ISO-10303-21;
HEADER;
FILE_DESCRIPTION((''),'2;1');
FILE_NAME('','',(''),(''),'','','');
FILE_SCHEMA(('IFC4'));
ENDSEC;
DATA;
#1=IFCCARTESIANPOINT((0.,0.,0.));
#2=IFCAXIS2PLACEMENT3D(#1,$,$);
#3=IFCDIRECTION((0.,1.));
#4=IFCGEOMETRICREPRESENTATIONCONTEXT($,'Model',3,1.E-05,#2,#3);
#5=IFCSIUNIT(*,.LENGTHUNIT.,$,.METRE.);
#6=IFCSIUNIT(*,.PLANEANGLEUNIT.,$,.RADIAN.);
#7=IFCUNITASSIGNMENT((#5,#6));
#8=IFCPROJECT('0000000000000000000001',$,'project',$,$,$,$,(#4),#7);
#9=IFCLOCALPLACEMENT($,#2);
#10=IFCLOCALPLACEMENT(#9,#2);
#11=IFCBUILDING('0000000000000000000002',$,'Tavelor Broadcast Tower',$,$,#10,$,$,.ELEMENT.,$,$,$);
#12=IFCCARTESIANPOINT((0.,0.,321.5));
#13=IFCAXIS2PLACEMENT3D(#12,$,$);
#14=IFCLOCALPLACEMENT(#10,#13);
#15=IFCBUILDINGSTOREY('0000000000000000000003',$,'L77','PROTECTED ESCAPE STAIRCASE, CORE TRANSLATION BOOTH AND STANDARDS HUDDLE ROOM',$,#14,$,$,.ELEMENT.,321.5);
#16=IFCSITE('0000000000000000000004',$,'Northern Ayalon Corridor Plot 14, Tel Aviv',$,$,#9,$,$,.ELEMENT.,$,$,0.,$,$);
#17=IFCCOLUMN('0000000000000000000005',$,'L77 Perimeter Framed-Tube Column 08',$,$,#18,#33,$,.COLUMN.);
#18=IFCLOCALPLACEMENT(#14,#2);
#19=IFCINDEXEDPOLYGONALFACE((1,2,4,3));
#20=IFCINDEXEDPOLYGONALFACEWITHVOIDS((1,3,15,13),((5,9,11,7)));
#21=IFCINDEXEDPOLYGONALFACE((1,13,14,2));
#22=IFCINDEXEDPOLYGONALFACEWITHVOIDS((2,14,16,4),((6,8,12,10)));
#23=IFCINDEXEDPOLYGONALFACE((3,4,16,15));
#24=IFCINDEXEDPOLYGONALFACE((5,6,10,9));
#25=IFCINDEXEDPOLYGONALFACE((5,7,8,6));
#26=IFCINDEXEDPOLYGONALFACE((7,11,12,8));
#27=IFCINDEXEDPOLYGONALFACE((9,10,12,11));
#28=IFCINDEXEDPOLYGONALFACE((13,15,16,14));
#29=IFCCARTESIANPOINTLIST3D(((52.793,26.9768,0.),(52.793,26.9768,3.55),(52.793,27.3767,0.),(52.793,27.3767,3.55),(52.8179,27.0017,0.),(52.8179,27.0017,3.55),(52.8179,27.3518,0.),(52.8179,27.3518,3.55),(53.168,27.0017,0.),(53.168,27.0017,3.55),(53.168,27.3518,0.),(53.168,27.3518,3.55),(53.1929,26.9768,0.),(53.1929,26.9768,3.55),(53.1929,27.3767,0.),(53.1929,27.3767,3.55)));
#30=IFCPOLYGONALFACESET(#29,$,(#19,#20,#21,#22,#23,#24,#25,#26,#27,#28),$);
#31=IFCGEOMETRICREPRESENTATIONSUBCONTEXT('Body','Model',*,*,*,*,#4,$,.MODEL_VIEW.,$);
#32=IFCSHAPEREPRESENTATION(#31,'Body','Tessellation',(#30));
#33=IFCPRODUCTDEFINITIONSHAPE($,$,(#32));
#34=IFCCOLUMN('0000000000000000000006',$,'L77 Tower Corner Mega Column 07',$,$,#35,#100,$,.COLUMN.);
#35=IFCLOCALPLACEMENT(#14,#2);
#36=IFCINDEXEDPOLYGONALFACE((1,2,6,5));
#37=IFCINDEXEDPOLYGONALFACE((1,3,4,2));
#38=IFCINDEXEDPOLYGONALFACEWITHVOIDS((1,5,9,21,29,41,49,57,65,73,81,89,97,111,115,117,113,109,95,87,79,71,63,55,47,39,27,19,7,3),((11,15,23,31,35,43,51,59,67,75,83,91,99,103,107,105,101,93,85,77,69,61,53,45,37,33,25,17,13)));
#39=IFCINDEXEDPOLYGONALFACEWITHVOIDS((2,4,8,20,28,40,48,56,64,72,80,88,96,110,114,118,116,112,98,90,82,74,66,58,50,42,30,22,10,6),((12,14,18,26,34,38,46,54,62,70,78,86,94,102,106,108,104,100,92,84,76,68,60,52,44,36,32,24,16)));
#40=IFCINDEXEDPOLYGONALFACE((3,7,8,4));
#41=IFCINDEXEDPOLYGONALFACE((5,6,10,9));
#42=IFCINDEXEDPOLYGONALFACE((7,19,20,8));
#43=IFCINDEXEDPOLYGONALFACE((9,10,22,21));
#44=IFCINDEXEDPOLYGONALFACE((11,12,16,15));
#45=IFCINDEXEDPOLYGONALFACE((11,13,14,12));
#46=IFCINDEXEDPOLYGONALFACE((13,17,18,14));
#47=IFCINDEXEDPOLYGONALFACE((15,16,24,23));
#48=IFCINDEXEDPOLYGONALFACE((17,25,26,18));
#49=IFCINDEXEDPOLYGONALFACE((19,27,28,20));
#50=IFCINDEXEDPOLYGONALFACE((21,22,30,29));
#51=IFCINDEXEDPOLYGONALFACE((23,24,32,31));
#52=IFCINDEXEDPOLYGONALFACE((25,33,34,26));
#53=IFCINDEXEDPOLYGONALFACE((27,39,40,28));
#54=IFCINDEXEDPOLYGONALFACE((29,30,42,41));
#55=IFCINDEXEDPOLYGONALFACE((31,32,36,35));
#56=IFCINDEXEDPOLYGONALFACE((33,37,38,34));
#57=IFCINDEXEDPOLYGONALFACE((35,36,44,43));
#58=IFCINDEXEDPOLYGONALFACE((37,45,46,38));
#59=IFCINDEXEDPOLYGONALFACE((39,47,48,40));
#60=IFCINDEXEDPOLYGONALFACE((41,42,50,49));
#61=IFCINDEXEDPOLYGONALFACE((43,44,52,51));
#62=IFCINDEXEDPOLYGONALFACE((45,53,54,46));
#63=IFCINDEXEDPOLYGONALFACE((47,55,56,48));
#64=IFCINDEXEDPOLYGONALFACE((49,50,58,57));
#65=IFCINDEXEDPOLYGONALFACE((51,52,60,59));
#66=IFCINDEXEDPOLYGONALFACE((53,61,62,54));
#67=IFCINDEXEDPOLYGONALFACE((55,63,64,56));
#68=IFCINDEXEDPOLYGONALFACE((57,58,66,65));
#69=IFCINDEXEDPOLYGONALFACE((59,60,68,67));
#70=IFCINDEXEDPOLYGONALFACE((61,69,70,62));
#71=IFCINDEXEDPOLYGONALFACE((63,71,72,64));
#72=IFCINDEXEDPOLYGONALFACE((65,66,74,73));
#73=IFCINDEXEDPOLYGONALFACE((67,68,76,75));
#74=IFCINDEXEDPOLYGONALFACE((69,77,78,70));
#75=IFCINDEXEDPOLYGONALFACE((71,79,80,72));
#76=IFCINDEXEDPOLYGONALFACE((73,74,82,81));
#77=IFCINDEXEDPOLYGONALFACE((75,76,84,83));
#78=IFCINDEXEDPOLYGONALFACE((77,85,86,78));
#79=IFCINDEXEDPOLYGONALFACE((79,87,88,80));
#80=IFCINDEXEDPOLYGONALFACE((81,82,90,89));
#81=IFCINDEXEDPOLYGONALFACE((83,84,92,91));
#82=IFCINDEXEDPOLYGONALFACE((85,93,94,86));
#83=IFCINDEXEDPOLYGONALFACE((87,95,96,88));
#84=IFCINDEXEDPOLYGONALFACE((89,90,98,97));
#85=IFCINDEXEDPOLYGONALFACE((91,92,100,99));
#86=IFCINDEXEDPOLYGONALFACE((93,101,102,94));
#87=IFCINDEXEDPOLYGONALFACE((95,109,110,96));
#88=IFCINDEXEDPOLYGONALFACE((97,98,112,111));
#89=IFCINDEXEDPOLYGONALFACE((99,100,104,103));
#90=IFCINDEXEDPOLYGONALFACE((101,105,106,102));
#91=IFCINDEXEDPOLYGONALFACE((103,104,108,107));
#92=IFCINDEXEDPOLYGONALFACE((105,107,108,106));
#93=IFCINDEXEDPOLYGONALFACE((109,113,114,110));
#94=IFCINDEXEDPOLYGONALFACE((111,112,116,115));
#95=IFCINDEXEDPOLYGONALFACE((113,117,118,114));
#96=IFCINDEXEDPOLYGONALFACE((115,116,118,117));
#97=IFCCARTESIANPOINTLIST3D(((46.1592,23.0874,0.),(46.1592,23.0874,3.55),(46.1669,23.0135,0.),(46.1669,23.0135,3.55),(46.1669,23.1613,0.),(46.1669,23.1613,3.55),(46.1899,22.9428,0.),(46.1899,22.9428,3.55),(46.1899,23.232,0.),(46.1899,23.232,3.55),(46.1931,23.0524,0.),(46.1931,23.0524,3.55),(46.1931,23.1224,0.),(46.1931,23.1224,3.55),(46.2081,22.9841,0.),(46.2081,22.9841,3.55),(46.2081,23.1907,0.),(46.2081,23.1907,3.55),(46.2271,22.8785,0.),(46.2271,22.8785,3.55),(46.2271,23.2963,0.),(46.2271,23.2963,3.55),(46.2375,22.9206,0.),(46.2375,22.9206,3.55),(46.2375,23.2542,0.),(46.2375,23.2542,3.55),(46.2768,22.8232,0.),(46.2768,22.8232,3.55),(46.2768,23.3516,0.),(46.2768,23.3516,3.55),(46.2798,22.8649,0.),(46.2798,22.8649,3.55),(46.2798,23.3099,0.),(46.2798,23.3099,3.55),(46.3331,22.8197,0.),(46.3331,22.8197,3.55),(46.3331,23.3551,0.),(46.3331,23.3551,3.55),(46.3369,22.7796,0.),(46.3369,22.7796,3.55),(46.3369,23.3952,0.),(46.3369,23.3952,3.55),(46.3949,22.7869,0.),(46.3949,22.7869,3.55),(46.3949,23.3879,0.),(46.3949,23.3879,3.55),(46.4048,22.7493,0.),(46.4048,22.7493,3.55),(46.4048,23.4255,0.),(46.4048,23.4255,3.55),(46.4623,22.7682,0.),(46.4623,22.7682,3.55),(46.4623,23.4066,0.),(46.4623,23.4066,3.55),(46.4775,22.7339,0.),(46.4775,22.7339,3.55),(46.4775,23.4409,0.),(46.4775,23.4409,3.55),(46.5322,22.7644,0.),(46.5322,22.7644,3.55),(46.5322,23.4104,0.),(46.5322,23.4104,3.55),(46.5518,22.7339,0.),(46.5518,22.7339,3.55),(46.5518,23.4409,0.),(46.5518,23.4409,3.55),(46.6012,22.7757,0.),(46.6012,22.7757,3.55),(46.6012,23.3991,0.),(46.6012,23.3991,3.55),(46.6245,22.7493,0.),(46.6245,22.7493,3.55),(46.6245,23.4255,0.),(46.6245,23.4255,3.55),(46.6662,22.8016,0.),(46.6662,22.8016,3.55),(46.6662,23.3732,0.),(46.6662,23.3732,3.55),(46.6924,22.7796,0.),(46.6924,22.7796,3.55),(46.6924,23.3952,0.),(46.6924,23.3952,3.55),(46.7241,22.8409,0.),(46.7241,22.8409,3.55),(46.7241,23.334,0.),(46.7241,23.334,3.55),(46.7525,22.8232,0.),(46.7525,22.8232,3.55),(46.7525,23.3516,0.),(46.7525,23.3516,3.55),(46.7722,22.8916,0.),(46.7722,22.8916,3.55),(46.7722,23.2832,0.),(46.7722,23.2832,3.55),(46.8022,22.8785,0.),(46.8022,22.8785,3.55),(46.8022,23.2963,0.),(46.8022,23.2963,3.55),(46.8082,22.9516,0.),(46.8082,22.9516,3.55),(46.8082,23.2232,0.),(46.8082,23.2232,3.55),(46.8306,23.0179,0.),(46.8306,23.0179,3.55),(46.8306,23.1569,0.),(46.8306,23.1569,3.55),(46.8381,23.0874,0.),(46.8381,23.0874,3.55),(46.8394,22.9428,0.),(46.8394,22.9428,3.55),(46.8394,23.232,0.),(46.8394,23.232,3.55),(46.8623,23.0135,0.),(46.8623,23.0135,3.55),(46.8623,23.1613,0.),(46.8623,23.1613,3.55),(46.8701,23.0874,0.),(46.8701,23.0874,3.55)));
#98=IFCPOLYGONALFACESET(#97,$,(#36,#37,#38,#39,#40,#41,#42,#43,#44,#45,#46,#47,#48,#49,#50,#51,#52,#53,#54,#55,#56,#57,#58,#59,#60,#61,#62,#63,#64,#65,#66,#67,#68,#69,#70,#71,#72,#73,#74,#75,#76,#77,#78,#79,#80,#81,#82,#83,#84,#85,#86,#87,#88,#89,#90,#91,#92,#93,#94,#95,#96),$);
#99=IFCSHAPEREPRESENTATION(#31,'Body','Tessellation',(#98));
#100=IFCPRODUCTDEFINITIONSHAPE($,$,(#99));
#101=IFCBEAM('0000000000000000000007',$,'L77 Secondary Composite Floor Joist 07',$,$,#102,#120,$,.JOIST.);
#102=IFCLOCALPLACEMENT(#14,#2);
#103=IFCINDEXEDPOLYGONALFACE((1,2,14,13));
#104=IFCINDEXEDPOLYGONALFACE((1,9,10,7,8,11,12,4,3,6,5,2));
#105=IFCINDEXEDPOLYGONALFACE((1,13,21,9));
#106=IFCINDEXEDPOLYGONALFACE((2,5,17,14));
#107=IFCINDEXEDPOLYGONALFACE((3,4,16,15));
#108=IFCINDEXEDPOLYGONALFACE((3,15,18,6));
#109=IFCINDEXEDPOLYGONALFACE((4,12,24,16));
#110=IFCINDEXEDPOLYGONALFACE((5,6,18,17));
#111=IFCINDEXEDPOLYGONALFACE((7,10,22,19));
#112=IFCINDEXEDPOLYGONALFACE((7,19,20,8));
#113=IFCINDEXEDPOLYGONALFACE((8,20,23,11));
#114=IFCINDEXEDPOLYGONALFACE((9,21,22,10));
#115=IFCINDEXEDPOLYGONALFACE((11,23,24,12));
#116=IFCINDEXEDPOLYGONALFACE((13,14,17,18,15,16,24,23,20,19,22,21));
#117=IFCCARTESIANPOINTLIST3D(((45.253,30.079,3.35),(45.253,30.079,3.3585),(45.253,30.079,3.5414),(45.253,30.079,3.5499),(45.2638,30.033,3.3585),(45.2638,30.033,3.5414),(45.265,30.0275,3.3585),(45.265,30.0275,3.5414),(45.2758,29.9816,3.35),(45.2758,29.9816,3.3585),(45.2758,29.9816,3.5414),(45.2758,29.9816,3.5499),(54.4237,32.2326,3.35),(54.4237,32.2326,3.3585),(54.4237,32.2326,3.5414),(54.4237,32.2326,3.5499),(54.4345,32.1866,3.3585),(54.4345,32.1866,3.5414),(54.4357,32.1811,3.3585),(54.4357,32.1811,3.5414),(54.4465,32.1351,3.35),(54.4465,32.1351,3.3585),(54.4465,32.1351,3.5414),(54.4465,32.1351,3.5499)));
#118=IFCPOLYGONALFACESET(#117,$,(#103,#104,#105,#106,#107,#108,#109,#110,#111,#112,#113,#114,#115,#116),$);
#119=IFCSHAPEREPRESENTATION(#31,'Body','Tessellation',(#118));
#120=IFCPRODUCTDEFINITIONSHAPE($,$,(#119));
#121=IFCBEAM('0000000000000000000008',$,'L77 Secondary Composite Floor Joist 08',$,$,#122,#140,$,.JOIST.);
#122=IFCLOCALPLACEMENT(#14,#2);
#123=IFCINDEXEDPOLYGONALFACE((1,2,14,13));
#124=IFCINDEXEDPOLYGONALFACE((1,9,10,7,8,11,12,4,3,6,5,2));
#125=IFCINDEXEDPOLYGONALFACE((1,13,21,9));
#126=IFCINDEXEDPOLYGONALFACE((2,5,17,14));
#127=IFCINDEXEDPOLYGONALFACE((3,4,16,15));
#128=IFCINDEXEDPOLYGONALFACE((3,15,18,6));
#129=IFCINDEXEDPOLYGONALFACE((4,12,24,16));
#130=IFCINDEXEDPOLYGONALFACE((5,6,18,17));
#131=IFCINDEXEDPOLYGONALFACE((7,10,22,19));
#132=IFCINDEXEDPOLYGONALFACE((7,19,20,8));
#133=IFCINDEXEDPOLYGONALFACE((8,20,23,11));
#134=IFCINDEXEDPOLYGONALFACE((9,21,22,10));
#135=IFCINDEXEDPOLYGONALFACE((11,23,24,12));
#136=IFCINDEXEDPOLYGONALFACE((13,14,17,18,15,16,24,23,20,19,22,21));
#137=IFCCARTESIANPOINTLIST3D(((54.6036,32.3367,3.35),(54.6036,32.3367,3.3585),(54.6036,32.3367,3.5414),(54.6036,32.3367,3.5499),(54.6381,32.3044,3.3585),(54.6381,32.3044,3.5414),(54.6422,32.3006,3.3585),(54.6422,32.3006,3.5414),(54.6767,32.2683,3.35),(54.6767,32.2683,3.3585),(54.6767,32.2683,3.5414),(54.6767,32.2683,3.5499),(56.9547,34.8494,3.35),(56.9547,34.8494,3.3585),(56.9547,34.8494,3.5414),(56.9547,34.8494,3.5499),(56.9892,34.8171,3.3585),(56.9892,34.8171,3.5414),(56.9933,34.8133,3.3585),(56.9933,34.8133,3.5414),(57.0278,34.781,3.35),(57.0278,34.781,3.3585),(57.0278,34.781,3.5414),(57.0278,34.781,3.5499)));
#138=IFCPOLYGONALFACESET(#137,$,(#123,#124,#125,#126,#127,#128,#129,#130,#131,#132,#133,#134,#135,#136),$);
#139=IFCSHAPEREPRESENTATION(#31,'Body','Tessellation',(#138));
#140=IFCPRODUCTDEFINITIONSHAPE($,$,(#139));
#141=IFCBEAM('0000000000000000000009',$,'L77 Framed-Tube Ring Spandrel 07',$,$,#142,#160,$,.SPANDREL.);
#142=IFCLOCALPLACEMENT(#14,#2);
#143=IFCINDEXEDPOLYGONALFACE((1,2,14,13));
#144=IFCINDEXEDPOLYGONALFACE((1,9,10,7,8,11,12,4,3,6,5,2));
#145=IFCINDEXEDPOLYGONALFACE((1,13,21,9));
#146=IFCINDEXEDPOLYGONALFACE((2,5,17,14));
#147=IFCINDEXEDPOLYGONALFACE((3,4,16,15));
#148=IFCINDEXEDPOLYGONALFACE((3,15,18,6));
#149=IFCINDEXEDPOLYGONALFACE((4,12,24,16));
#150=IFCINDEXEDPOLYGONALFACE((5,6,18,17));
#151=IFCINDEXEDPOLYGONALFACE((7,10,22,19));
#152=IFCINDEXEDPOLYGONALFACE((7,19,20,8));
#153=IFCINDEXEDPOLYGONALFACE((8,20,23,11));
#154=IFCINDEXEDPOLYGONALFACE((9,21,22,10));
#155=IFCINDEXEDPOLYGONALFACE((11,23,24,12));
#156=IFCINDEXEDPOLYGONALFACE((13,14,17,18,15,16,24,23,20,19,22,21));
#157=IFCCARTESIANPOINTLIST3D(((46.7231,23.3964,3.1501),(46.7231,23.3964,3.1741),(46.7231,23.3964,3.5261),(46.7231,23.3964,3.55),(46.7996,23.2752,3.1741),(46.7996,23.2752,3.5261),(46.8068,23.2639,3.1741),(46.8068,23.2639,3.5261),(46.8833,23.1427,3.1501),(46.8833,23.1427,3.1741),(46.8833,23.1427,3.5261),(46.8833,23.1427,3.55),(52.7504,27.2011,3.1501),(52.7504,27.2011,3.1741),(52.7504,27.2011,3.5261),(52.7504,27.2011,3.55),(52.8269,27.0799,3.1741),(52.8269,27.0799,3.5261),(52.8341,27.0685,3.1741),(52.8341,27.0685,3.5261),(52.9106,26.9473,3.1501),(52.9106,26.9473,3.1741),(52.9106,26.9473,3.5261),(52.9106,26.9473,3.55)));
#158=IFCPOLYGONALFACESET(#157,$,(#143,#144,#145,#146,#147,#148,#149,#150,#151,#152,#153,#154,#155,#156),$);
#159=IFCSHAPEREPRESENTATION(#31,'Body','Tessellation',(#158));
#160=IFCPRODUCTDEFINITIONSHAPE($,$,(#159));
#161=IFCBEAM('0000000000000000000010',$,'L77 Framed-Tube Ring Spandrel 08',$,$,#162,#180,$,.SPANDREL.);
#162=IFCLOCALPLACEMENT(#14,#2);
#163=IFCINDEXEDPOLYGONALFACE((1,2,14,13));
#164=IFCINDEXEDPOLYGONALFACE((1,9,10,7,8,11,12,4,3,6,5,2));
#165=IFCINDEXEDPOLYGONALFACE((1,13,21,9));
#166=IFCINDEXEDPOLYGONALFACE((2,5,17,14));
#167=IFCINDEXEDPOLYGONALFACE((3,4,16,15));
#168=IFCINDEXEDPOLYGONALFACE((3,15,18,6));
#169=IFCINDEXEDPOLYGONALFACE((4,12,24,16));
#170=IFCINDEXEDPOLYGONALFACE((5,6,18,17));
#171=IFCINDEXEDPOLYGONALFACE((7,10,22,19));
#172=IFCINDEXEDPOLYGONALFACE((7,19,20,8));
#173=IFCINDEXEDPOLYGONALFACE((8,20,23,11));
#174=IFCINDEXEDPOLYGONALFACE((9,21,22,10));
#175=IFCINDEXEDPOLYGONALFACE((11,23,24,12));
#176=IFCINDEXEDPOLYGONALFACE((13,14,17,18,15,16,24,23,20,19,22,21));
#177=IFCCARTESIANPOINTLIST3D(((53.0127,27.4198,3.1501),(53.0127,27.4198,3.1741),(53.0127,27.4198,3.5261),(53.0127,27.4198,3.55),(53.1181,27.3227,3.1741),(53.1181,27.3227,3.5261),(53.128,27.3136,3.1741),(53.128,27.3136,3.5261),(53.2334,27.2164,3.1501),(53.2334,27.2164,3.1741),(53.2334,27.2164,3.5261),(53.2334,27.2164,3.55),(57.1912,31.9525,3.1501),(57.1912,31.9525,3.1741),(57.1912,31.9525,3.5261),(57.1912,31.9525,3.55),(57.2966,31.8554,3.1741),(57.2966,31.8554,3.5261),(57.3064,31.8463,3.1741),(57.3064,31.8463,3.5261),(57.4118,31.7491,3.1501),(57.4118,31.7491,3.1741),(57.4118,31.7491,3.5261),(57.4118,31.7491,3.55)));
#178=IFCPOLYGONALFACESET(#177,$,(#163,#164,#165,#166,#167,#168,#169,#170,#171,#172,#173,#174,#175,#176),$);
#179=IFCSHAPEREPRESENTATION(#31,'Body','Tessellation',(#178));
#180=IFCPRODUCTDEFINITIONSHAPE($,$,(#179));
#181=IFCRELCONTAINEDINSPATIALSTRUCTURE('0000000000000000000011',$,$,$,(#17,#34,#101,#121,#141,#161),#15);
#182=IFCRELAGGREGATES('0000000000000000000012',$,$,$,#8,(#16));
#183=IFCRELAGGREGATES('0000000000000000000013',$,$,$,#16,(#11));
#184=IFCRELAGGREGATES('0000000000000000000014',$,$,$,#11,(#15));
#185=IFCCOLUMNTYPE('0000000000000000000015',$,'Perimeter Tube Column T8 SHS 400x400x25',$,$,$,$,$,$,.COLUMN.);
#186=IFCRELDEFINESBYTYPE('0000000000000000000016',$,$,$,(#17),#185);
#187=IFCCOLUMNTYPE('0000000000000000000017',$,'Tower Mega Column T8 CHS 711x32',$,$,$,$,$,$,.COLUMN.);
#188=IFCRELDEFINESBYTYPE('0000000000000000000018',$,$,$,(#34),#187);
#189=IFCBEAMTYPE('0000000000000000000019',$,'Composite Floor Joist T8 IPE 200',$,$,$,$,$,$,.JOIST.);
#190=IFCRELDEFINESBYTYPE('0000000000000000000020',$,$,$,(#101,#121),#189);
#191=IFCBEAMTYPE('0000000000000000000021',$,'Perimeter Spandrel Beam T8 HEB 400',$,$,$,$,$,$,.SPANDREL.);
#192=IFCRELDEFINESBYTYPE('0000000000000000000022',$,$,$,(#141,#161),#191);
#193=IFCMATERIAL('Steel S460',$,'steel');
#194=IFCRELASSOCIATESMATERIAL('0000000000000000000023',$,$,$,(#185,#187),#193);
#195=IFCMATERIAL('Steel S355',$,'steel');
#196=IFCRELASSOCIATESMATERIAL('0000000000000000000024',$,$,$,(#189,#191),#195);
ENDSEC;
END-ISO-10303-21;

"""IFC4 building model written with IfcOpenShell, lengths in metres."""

from ifc_helpers import new_model, si_unit, direction, frame, origin, origin_2d, place, context, subcontext, project, spatial, hollow_rectangle, hollow_circle, i_section, extrude, material, material_profile, profile_set, type_object, element, save


model = new_model("IFC4")

# Units and contexts
model_context = context("Model", 3, precision=1e-05, world=origin(), true_north=direction((0.0, 1.0)))
body_context = subcontext(model_context, "Body", "Model", "MODEL_VIEW")
ifc_project = project(units=[si_unit("LENGTHUNIT", "METRE"), si_unit("PLANEANGLEUNIT", "RADIAN")], contexts=[model_context])

# Site, building, storey
site_placement = place(None, origin())
site = spatial("IfcSite", under=ifc_project, at=site_placement, Name="Northern Ayalon Corridor Plot 14, Tel Aviv", CompositionType="ELEMENT", RefElevation=0.0)
building_placement = place(site_placement, origin())
building = spatial("IfcBuilding", under=site, at=building_placement, Name="Tavelor Broadcast Tower", CompositionType="ELEMENT")
storey_placement = place(building_placement, frame((0.0, 0.0, 321.5)))
storey = spatial("IfcBuildingStorey", under=building, at=storey_placement, Name="L77", Description="PROTECTED ESCAPE STAIRCASE, CORE TRANSLATION BOOTH AND STANDARDS HUDDLE ROOM", CompositionType="ELEMENT", Elevation=321.5)

# Columns
ifc_material_1 = material(Name="Steel S460", Category="steel")
ifc_material_profile_1 = material_profile(ifc_material_1, hollow_rectangle(XDim=0.3999, YDim=0.3999, WallThickness=0.0249, at=origin_2d()), Name="SHS 400x400x25")
ifc_profile_set_1 = profile_set([ifc_material_profile_1], Name="Steel S460")
column_type_1 = type_object("IfcColumnType", Name="Perimeter Tube Column T8 SHS 400x400x25", PredefinedType="COLUMN", material=ifc_profile_set_1)
column_1_placement = place(storey_placement, frame((52.9929, 27.1768, 0.0), z_axis=(0.0, 0.0, 1.0), x_axis=(1.0, 0.0, 0.0)))
element("IfcColumn", 1, at=column_1_placement, inside=storey, type_object=column_type_1, Name="L77 Perimeter Framed-Tube Column 08", PredefinedType="COLUMN", context=body_context, shape_type="SweptSolid", body=[
    extrude(hollow_rectangle(XDim=0.3999, YDim=0.3999, WallThickness=0.0249, at=origin_2d()), origin(), (0.0, 0.0, 1.0), 3.55),
])
ifc_material_profile_2 = material_profile(ifc_material_1, hollow_circle(Radius=0.3555, WallThickness=0.032, at=origin_2d()), Name="CHS 711x32")
ifc_profile_set_2 = profile_set([ifc_material_profile_2], Name="Steel S460")
column_type_2 = type_object("IfcColumnType", Name="Tower Mega Column T8 CHS 711x32", PredefinedType="COLUMN", material=ifc_profile_set_2)
column_2_placement = place(storey_placement, frame((46.5146, 23.0874, 0.0), z_axis=(0.0, 0.0, 1.0), x_axis=(1.0, 0.0, 0.0)))
element("IfcColumn", 2, at=column_2_placement, inside=storey, type_object=column_type_2, Name="L77 Tower Corner Mega Column 07", PredefinedType="COLUMN", context=body_context, shape_type="SweptSolid", body=[
    extrude(hollow_circle(Radius=0.3555, WallThickness=0.032, at=origin_2d()), origin(), (0.0, 0.0, 1.0), 3.55),
])

# Beams
ifc_material_2 = material(Name="Steel S355", Category="steel")
ifc_material_profile_3 = material_profile(ifc_material_2, i_section(OverallWidth=0.1001, OverallDepth=0.2, WebThickness=0.0056, FlangeThickness=0.0085, at=origin_2d()), Name="IPE 200")
ifc_profile_set_3 = profile_set([ifc_material_profile_3], Name="Steel S355")
beam_type_1 = type_object("IfcBeamType", Name="Composite Floor Joist T8 IPE 200", PredefinedType="JOIST", material=ifc_profile_set_3)
beam_1_placement = place(storey_placement, frame((45.2644, 30.0303, 3.45), z_axis=(0.973517, 0.228613, 0.0), x_axis=(-0.228613, 0.973517, 0.0)))
element("IfcBeam", 3, at=beam_1_placement, inside=storey, type_object=beam_type_1, Name="L77 Secondary Composite Floor Joist 07", PredefinedType="JOIST", context=body_context, shape_type="SweptSolid", body=[
    extrude(i_section(OverallWidth=0.1001, OverallDepth=0.2, WebThickness=0.0056, FlangeThickness=0.0085, at=origin_2d()), origin(), (0.0, 0.0, 1.0), 9.4202),
])
beam_2_placement = place(storey_placement, frame((54.6401, 32.3025, 3.45), z_axis=(0.683233, 0.730201, 0.0), x_axis=(-0.730201, 0.683233, 0.0)))
element("IfcBeam", 4, at=beam_2_placement, inside=storey, type_object=beam_type_1, Name="L77 Secondary Composite Floor Joist 08", PredefinedType="JOIST", context=body_context, shape_type="SweptSolid", body=[
    extrude(i_section(OverallWidth=0.1001, OverallDepth=0.2, WebThickness=0.0056, FlangeThickness=0.0085, at=origin_2d()), origin(), (0.0, 0.0, 1.0), 3.4412),
])
ifc_material_profile_4 = material_profile(ifc_material_2, i_section(OverallWidth=0.3, OverallDepth=0.3999, WebThickness=0.0134, FlangeThickness=0.0239, at=origin_2d()), Name="HEB 400")
ifc_profile_set_4 = profile_set([ifc_material_profile_4], Name="Steel S355")
beam_type_2 = type_object("IfcBeamType", Name="Perimeter Spandrel Beam T8 HEB 400", PredefinedType="SPANDREL", material=ifc_profile_set_4)
beam_3_placement = place(storey_placement, frame((46.8032, 23.2695, 3.3501), z_axis=(0.845619, 0.533787, 0.0), x_axis=(-0.533787, 0.845619, 0.0)))
element("IfcBeam", 5, at=beam_3_placement, inside=storey, type_object=beam_type_2, Name="L77 Framed-Tube Ring Spandrel 07", PredefinedType="SPANDREL", context=body_context, shape_type="SweptSolid", body=[
    extrude(i_section(OverallWidth=0.3, OverallDepth=0.3999, WebThickness=0.0134, FlangeThickness=0.0239, at=origin_2d()), origin(), (0.0, 0.0, 1.0), 7.1277),
])
beam_4_placement = place(storey_placement, frame((53.123, 27.3181, 3.3501), z_axis=(0.677791, 0.735254, 0.0), x_axis=(-0.735254, 0.677791, 0.0)))
element("IfcBeam", 6, at=beam_4_placement, inside=storey, type_object=beam_type_2, Name="L77 Framed-Tube Ring Spandrel 08", PredefinedType="SPANDREL", context=body_context, shape_type="SweptSolid", body=[
    extrude(i_section(OverallWidth=0.3, OverallDepth=0.3999, WebThickness=0.0134, FlangeThickness=0.0239, at=origin_2d()), origin(), (0.0, 0.0, 1.0), 6.1648),
])

save(model, "model.ifc")
